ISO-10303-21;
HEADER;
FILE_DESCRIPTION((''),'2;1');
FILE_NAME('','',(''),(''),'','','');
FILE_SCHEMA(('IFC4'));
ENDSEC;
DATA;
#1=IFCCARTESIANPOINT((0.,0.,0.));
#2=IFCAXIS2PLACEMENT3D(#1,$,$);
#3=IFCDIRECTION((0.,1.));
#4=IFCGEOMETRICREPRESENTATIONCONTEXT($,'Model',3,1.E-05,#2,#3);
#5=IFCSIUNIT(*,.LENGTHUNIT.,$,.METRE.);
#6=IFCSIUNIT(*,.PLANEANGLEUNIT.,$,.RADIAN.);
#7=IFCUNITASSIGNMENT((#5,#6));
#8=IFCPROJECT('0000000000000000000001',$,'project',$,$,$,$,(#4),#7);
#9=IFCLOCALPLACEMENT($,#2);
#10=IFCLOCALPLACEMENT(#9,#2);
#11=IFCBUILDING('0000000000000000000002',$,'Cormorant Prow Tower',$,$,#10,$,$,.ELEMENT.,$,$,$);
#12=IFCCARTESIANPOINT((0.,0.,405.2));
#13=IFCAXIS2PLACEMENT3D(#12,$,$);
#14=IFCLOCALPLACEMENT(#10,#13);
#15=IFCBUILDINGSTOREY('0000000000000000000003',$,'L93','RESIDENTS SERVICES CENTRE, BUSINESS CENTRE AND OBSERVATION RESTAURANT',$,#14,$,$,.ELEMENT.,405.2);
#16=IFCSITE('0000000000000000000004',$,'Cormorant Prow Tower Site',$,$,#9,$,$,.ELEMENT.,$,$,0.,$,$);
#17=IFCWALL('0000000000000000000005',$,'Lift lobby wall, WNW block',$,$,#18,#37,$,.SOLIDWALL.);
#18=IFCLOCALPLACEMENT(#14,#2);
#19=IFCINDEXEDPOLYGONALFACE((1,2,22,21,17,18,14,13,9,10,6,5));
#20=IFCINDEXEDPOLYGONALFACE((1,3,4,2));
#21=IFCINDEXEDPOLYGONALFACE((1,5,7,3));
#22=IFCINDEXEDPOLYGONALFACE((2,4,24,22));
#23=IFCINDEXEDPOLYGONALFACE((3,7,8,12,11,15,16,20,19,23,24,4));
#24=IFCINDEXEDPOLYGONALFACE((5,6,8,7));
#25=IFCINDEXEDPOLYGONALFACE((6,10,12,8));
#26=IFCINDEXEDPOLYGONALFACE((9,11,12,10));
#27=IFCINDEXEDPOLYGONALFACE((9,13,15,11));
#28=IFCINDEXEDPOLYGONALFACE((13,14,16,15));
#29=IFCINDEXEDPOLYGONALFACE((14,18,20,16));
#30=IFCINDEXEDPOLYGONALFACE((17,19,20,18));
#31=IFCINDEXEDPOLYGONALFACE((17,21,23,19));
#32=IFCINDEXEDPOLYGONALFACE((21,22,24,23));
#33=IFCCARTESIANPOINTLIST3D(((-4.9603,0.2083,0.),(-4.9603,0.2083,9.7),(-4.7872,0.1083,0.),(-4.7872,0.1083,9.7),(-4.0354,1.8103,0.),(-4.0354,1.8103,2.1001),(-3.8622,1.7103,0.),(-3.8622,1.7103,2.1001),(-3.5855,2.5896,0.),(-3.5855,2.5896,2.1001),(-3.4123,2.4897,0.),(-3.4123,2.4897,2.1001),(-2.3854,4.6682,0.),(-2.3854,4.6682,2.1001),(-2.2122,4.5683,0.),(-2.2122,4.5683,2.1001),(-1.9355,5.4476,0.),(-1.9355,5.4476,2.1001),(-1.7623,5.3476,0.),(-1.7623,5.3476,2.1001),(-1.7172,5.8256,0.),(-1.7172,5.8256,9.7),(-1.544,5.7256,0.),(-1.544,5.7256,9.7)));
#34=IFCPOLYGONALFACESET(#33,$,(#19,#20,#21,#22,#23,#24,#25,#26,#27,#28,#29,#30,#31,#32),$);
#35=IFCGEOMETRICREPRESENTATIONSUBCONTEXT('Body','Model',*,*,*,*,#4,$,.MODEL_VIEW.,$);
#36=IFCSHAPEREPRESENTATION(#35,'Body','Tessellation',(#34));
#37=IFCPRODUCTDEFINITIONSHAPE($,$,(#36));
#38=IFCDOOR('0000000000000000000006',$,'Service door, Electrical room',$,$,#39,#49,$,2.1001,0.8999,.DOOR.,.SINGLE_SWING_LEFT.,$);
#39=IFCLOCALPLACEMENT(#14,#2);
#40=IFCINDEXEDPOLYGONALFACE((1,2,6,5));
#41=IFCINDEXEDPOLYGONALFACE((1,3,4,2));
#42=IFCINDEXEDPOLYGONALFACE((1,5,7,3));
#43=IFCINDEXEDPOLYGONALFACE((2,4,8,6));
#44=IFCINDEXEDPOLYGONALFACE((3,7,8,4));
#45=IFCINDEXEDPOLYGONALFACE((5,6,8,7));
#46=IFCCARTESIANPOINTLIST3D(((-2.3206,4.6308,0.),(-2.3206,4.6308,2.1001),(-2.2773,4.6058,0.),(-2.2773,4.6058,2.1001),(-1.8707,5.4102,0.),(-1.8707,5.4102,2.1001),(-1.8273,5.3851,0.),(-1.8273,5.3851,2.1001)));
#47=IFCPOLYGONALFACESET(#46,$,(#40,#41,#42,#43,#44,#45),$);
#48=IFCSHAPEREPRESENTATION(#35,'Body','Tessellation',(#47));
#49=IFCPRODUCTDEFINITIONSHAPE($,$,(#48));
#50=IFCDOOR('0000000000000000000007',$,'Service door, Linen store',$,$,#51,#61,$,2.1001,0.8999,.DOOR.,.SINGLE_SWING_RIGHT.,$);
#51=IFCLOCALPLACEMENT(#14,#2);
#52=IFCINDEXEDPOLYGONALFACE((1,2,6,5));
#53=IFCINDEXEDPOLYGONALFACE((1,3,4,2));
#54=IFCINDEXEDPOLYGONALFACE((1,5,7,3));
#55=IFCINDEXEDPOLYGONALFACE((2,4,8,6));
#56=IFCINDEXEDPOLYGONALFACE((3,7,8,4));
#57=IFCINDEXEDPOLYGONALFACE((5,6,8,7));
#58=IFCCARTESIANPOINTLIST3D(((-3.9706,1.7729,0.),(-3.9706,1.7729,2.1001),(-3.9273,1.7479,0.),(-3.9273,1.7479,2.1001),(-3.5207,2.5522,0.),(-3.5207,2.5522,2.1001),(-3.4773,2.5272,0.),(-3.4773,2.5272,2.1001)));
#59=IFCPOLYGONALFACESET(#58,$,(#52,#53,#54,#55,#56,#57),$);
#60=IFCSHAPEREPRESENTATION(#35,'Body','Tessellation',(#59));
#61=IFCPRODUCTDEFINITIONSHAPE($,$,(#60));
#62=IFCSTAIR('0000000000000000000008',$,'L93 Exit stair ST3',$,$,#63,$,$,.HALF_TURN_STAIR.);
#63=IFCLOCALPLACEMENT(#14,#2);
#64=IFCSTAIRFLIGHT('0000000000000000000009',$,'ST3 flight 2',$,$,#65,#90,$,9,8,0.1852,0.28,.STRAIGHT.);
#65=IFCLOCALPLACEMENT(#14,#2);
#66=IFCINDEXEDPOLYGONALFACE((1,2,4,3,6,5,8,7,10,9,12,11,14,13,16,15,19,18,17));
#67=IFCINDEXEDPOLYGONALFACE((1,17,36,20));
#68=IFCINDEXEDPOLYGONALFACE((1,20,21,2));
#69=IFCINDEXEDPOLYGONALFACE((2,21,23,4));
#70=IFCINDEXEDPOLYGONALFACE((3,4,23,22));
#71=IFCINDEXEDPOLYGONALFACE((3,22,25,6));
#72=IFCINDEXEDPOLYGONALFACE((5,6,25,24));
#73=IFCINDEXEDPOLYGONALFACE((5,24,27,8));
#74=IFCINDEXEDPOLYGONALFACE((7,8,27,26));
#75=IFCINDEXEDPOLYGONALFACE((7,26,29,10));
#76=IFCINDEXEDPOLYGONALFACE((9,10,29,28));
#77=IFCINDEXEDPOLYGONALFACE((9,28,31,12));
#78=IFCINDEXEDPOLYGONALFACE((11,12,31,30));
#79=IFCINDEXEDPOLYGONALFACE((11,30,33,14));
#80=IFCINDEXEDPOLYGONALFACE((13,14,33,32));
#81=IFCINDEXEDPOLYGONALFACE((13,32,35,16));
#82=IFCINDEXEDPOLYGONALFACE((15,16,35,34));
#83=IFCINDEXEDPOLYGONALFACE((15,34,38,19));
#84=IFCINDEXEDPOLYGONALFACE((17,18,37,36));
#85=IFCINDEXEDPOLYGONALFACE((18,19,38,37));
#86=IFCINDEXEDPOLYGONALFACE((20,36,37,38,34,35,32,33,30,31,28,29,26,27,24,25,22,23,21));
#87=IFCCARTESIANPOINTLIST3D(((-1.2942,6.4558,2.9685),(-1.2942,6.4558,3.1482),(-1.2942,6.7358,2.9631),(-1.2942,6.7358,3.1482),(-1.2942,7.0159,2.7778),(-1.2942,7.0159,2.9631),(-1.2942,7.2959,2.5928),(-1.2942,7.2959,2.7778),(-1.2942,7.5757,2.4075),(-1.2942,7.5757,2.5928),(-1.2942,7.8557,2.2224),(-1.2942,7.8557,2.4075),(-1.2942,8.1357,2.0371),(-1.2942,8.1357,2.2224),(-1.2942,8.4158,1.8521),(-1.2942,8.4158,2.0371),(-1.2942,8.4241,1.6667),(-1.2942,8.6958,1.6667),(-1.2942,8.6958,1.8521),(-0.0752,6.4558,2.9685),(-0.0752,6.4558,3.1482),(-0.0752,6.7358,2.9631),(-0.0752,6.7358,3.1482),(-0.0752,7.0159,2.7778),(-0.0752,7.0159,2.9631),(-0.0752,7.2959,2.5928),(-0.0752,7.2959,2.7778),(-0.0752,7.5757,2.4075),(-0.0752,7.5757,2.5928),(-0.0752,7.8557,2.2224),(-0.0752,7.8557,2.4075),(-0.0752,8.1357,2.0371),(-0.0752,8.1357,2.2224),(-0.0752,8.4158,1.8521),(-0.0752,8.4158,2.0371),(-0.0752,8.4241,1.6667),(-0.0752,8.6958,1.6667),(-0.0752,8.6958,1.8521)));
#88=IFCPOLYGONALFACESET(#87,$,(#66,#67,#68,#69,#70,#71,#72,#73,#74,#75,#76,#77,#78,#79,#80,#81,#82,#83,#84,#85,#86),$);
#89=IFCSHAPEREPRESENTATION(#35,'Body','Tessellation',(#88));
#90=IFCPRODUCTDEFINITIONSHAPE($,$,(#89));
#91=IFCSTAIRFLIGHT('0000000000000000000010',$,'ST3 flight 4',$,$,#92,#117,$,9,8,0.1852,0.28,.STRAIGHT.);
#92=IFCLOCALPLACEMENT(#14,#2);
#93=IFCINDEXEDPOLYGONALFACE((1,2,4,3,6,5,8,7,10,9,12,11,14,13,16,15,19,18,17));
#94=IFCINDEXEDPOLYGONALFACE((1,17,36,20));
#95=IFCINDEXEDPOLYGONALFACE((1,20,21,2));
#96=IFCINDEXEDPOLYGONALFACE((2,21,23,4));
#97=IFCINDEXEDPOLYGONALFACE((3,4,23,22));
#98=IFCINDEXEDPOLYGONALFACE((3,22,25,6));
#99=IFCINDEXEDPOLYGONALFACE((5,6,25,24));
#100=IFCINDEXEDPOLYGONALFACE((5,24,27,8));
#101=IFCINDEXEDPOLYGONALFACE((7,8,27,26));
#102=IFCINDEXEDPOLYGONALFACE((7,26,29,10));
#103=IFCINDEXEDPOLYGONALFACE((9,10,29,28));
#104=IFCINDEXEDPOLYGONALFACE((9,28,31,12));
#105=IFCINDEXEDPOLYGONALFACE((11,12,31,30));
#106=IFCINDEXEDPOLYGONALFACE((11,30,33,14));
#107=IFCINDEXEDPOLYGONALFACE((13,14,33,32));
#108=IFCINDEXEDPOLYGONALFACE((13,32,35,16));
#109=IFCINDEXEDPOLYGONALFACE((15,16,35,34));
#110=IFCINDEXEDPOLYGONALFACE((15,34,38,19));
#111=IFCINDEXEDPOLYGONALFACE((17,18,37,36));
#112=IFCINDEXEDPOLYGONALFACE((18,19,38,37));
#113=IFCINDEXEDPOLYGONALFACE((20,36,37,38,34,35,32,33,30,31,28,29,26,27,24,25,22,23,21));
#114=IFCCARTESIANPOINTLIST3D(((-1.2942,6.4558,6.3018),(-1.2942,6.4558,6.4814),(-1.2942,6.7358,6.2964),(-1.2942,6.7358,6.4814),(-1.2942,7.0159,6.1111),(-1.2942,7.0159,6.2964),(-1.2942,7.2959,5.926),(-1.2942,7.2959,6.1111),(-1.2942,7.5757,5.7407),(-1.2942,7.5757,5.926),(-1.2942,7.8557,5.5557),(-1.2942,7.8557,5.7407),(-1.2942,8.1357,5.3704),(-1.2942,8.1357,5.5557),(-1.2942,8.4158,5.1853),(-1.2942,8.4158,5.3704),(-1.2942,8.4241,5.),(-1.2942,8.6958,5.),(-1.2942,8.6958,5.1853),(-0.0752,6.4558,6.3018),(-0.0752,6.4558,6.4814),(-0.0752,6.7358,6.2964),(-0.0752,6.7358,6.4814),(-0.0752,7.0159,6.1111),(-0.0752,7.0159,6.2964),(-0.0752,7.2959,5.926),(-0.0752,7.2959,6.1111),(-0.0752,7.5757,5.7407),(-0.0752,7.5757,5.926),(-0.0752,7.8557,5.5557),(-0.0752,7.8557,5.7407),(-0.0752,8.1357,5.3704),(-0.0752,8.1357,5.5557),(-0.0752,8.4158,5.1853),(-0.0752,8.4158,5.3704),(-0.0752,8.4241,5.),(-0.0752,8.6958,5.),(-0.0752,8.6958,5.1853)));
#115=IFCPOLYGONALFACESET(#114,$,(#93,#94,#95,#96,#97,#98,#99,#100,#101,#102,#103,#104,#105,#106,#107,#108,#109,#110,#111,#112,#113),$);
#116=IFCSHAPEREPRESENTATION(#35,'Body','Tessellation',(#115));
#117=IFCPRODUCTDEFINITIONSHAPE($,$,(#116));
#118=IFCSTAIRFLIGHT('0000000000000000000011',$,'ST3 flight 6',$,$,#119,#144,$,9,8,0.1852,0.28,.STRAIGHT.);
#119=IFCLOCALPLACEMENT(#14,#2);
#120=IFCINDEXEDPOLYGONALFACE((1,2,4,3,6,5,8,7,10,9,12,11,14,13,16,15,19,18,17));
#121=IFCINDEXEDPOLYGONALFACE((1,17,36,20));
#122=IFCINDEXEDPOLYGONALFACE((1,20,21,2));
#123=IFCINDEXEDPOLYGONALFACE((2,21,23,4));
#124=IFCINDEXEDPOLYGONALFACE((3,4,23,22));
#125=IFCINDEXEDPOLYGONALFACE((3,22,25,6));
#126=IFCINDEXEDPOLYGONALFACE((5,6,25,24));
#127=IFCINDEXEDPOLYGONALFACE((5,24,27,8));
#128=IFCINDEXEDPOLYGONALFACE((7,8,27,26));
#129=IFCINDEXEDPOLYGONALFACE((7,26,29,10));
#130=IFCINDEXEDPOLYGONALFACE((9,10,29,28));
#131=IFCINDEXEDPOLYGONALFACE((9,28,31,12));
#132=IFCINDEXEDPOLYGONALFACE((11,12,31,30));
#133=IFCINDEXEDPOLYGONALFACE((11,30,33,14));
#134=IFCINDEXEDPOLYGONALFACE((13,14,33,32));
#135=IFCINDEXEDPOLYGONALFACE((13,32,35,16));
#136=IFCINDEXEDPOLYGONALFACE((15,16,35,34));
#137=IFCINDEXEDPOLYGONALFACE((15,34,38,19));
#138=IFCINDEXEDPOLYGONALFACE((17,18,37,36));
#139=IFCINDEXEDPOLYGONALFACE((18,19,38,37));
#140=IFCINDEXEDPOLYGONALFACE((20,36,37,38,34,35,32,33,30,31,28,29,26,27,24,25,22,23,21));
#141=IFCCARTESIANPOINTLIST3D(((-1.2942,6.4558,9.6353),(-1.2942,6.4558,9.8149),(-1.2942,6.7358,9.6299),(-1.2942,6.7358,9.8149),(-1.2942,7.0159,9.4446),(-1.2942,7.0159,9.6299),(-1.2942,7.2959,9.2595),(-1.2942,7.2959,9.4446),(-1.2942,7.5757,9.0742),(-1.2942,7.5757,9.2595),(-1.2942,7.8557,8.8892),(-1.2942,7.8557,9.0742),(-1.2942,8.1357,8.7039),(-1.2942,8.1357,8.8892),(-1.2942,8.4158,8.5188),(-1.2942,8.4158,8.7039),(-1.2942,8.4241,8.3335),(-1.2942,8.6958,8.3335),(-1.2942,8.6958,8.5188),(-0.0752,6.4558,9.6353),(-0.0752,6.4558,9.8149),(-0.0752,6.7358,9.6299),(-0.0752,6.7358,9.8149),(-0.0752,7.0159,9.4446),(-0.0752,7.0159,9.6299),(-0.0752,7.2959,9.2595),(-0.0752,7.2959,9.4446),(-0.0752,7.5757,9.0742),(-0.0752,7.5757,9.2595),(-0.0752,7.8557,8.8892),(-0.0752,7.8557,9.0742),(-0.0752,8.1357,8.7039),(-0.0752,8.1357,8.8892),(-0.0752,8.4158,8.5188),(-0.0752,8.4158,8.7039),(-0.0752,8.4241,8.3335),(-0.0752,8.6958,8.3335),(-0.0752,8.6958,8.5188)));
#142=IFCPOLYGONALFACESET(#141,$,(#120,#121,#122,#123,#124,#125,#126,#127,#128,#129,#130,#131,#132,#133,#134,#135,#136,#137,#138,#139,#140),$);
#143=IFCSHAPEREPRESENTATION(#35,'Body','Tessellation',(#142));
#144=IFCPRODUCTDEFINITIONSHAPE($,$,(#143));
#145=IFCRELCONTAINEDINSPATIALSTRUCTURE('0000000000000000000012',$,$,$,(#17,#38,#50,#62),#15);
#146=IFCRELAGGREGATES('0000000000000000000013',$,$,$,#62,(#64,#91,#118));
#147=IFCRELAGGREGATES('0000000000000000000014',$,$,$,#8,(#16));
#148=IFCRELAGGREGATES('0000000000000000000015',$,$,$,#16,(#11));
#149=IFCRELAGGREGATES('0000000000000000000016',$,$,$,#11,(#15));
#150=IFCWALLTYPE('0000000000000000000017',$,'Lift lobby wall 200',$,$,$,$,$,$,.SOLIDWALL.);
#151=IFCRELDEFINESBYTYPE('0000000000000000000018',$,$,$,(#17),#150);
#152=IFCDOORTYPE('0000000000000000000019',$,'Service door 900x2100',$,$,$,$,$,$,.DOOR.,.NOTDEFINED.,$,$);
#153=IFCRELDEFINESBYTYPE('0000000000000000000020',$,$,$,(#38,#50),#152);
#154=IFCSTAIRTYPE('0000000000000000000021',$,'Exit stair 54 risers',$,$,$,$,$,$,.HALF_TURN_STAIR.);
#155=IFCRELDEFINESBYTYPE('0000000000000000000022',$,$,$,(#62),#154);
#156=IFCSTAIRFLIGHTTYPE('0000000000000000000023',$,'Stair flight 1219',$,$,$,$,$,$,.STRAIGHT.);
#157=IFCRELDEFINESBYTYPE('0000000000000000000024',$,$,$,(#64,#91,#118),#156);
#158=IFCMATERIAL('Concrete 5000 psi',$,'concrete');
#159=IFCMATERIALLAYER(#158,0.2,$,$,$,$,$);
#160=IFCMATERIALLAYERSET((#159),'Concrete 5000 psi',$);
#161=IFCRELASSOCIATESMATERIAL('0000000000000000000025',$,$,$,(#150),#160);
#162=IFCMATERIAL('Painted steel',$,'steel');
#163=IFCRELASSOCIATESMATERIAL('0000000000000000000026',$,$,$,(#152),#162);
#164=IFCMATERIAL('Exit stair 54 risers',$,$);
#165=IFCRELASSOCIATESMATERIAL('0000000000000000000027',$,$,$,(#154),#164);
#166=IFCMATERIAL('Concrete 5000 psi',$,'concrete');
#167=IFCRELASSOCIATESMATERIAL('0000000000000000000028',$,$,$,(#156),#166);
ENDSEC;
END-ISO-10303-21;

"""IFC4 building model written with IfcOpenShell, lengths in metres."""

from ifc_helpers import new_model, si_unit, direction, frame, frame_2d, origin, place, context, subcontext, project, spatial, polyline, rectangle, outline, extrude, material, layer, layer_set, type_object, element, fill, aggregate, save


model = new_model("IFC4")

# Units and contexts
model_context = context("Model", 3, precision=1e-05, world=origin(), true_north=direction((0.0, 1.0)))
body_context = subcontext(model_context, "Body", "Model", "MODEL_VIEW")
ifc_project = project(units=[si_unit("LENGTHUNIT", "METRE"), si_unit("PLANEANGLEUNIT", "RADIAN")], contexts=[model_context])

# Site, building, storey
site_placement = place(None, origin())
site = spatial("IfcSite", under=ifc_project, at=site_placement, Name="Cormorant Prow Tower Site", CompositionType="ELEMENT", RefElevation=0.0)
building_placement = place(site_placement, origin())
building = spatial("IfcBuilding", under=site, at=building_placement, Name="Cormorant Prow Tower", CompositionType="ELEMENT")
storey_placement = place(building_placement, frame((0.0, 0.0, 405.2)))
storey = spatial("IfcBuildingStorey", under=building, at=storey_placement, Name="L93", Description="RESIDENTS SERVICES CENTRE, BUSINESS CENTRE AND OBSERVATION RESTAURANT", CompositionType="ELEMENT", Elevation=405.2)

# Wall, openings, doors
ifc_material_1 = material(Name="Concrete 5000 psi", Category="concrete")
ifc_layer_1 = layer(ifc_material_1, 0.2)
ifc_layer_set_1 = layer_set([ifc_layer_1], Name="Concrete 5000 psi")
wall_type_1 = type_object("IfcWallType", Name="Lift lobby wall 200", PredefinedType="SOLIDWALL", material=ifc_layer_set_1)
wall_1_placement = place(storey_placement, frame((-1.6306, 5.7756, 0.0), z_axis=(0.0, 0.0, 1.0), x_axis=(-0.499993, -0.86603, 0.0)))
wall_1 = element("IfcWall", 1, at=wall_1_placement, inside=storey, type_object=wall_type_1, Name="Lift lobby wall, WNW block", PredefinedType="SOLIDWALL", context=body_context, shape_type="SweptSolid", body=[
    extrude(rectangle(XDim=6.4863, YDim=0.2, at=frame_2d((3.2432, 0.0))), origin(), (0.0, 0.0, 1.0), 9.7),
])
opening_1_placement = place(wall_1_placement, frame((0.4365, 0.0, 0.0)))
opening_1 = element("IfcOpeningElement", 2, at=opening_1_placement, cuts=wall_1, PredefinedType="OPENING", context=body_context, shape_type="SweptSolid", body=[
    extrude(rectangle(XDim=0.8999, YDim=2.1001, at=frame_2d((0.45, 1.05))), frame((0.0, 0.1099, 0.0), z_axis=(0.0, -1.0, 0.0), x_axis=(1.0, 0.0, 0.0)), (0.0, 0.0, 1.0), 0.22),
])
opening_2_placement = place(wall_1_placement, frame((3.7366, 0.0, 0.0)))
opening_2 = element("IfcOpeningElement", 3, at=opening_2_placement, cuts=wall_1, PredefinedType="OPENING", context=body_context, shape_type="SweptSolid", body=[
    extrude(rectangle(XDim=0.8999, YDim=2.1001, at=frame_2d((0.45, 1.05))), frame((0.0, 0.1099, 0.0), z_axis=(0.0, -1.0, 0.0), x_axis=(1.0, 0.0, 0.0)), (0.0, 0.0, 1.0), 0.22),
])
ifc_material_2 = material(Name="Painted steel", Category="steel")
door_type_1 = type_object("IfcDoorType", Name="Service door 900x2100", OperationType="NOTDEFINED", PredefinedType="DOOR", material=ifc_material_2)
door_1_placement = place(opening_1_placement, origin())
door_1 = element("IfcDoor", 4, at=door_1_placement, inside=storey, type_object=door_type_1, Name="Service door, Electrical room", OperationType="SINGLE_SWING_LEFT", OverallHeight=2.1001, OverallWidth=0.8999, PredefinedType="DOOR", context=body_context, shape_type="SweptSolid", body=[
    extrude(rectangle(XDim=0.8999, YDim=2.1001, at=frame_2d((0.45, 1.05))), frame((0.0, 0.0249, 0.0), z_axis=(0.0, -1.0, 0.0), x_axis=(1.0, 0.0, 0.0)), (0.0, 0.0, 1.0), 0.05),
])
fill(opening_1, door_1)
door_2_placement = place(opening_2_placement, origin())
door_2 = element("IfcDoor", 5, at=door_2_placement, inside=storey, type_object=door_type_1, Name="Service door, Linen store", OperationType="SINGLE_SWING_RIGHT", OverallHeight=2.1001, OverallWidth=0.8999, PredefinedType="DOOR", context=body_context, shape_type="SweptSolid", body=[
    extrude(rectangle(XDim=0.8999, YDim=2.1001, at=frame_2d((0.45, 1.05))), frame((0.0, 0.0249, 0.0), z_axis=(0.0, -1.0, 0.0), x_axis=(1.0, 0.0, 0.0)), (0.0, 0.0, 1.0), 0.05),
])
fill(opening_2, door_2)

# Stair, stair flights
ifc_material_3 = material(Name="Exit stair 54 risers")
stair_type = type_object("IfcStairType", Name="Exit stair 54 risers", PredefinedType="HALF_TURN_STAIR", material=ifc_material_3)
stair_placement = place(storey_placement, origin())
stair = element("IfcStair", 6, at=stair_placement, inside=storey, type_object=stair_type, Name="L93 Exit stair ST3", PredefinedType="HALF_TURN_STAIR")
ifc_material_4 = material(Name="Concrete 5000 psi", Category="concrete")
stair_flight_type = type_object("IfcStairFlightType", Name="Stair flight 1219", PredefinedType="STRAIGHT", material=ifc_material_4)
stair_flight_1_placement = place(storey_placement, frame((-0.6846, 8.6958, 1.6667), z_axis=(0.0, 0.0, 1.0), x_axis=(0.0, -1.0, 0.0)))
stair_flight_1 = element("IfcStairFlight", 7, at=stair_flight_1_placement, type_object=stair_flight_type, Name="ST3 flight 2", NumberOfRisers=9, NumberOfTreads=8, PredefinedType="STRAIGHT", RiserHeight=0.1852, TreadLength=0.28, context=body_context, shape_type="SweptSolid", body=[
    extrude(outline(polyline([(0.0, 0.0), (0.0, 0.1853), (0.28, 0.1853), (0.28, 0.3704), (0.5601, 0.3704), (0.5601, 0.5557), (0.8401, 0.5557), (0.8401, 0.7407), (1.1201, 0.7407), (1.1201, 0.926), (1.3999, 0.926), (1.3999, 1.1111), (1.6799, 1.1111), (1.6799, 1.2964), (1.96, 1.2964), (1.96, 1.4814), (2.24, 1.4814), (2.24, 1.6667), (2.24, 1.3018), (0.2717, 0.0), (0.0, 0.0)])), frame((0.0, 0.6094, 0.0), z_axis=(0.0, -1.0, 0.0), x_axis=(1.0, 0.0, 0.0)), (0.0, 0.0, 1.0), 1.219),
])
stair_flight_2_placement = place(storey_placement, frame((-0.6846, 8.6958, 5.0), z_axis=(0.0, 0.0, 1.0), x_axis=(0.0, -1.0, 0.0)))
stair_flight_2 = element("IfcStairFlight", 8, at=stair_flight_2_placement, type_object=stair_flight_type, Name="ST3 flight 4", NumberOfRisers=9, NumberOfTreads=8, PredefinedType="STRAIGHT", RiserHeight=0.1852, TreadLength=0.28, context=body_context, shape_type="SweptSolid", body=[
    extrude(outline(polyline([(0.0, 0.0), (0.0, 0.1853), (0.28, 0.1853), (0.28, 0.3704), (0.5601, 0.3704), (0.5601, 0.5557), (0.8401, 0.5557), (0.8401, 0.7407), (1.1201, 0.7407), (1.1201, 0.926), (1.3999, 0.926), (1.3999, 1.1111), (1.6799, 1.1111), (1.6799, 1.2964), (1.96, 1.2964), (1.96, 1.4814), (2.24, 1.4814), (2.24, 1.6667), (2.24, 1.3018), (0.2717, 0.0), (0.0, 0.0)])), frame((0.0, 0.6094, 0.0), z_axis=(0.0, -1.0, 0.0), x_axis=(1.0, 0.0, 0.0)), (0.0, 0.0, 1.0), 1.219),
])
stair_flight_3_placement = place(storey_placement, frame((-0.6846, 8.6958, 8.3335), z_axis=(0.0, 0.0, 1.0), x_axis=(0.0, -1.0, 0.0)))
stair_flight_3 = element("IfcStairFlight", 9, at=stair_flight_3_placement, type_object=stair_flight_type, Name="ST3 flight 6", NumberOfRisers=9, NumberOfTreads=8, PredefinedType="STRAIGHT", RiserHeight=0.1852, TreadLength=0.28, context=body_context, shape_type="SweptSolid", body=[
    extrude(outline(polyline([(0.0, 0.0), (0.0, 0.1853), (0.28, 0.1853), (0.28, 0.3704), (0.5601, 0.3704), (0.5601, 0.5557), (0.8401, 0.5557), (0.8401, 0.7407), (1.1201, 0.7407), (1.1201, 0.926), (1.3999, 0.926), (1.3999, 1.1111), (1.6799, 1.1111), (1.6799, 1.2964), (1.96, 1.2964), (1.96, 1.4814), (2.24, 1.4814), (2.24, 1.6667), (2.24, 1.3018), (0.2717, 0.0), (0.0, 0.0)])), frame((0.0, 0.6094, 0.0), z_axis=(0.0, -1.0, 0.0), x_axis=(1.0, 0.0, 0.0)), (0.0, 0.0, 1.0), 1.219),
])
aggregate(stair, [stair_flight_1, stair_flight_2, stair_flight_3])

save(model, "model.ifc")
